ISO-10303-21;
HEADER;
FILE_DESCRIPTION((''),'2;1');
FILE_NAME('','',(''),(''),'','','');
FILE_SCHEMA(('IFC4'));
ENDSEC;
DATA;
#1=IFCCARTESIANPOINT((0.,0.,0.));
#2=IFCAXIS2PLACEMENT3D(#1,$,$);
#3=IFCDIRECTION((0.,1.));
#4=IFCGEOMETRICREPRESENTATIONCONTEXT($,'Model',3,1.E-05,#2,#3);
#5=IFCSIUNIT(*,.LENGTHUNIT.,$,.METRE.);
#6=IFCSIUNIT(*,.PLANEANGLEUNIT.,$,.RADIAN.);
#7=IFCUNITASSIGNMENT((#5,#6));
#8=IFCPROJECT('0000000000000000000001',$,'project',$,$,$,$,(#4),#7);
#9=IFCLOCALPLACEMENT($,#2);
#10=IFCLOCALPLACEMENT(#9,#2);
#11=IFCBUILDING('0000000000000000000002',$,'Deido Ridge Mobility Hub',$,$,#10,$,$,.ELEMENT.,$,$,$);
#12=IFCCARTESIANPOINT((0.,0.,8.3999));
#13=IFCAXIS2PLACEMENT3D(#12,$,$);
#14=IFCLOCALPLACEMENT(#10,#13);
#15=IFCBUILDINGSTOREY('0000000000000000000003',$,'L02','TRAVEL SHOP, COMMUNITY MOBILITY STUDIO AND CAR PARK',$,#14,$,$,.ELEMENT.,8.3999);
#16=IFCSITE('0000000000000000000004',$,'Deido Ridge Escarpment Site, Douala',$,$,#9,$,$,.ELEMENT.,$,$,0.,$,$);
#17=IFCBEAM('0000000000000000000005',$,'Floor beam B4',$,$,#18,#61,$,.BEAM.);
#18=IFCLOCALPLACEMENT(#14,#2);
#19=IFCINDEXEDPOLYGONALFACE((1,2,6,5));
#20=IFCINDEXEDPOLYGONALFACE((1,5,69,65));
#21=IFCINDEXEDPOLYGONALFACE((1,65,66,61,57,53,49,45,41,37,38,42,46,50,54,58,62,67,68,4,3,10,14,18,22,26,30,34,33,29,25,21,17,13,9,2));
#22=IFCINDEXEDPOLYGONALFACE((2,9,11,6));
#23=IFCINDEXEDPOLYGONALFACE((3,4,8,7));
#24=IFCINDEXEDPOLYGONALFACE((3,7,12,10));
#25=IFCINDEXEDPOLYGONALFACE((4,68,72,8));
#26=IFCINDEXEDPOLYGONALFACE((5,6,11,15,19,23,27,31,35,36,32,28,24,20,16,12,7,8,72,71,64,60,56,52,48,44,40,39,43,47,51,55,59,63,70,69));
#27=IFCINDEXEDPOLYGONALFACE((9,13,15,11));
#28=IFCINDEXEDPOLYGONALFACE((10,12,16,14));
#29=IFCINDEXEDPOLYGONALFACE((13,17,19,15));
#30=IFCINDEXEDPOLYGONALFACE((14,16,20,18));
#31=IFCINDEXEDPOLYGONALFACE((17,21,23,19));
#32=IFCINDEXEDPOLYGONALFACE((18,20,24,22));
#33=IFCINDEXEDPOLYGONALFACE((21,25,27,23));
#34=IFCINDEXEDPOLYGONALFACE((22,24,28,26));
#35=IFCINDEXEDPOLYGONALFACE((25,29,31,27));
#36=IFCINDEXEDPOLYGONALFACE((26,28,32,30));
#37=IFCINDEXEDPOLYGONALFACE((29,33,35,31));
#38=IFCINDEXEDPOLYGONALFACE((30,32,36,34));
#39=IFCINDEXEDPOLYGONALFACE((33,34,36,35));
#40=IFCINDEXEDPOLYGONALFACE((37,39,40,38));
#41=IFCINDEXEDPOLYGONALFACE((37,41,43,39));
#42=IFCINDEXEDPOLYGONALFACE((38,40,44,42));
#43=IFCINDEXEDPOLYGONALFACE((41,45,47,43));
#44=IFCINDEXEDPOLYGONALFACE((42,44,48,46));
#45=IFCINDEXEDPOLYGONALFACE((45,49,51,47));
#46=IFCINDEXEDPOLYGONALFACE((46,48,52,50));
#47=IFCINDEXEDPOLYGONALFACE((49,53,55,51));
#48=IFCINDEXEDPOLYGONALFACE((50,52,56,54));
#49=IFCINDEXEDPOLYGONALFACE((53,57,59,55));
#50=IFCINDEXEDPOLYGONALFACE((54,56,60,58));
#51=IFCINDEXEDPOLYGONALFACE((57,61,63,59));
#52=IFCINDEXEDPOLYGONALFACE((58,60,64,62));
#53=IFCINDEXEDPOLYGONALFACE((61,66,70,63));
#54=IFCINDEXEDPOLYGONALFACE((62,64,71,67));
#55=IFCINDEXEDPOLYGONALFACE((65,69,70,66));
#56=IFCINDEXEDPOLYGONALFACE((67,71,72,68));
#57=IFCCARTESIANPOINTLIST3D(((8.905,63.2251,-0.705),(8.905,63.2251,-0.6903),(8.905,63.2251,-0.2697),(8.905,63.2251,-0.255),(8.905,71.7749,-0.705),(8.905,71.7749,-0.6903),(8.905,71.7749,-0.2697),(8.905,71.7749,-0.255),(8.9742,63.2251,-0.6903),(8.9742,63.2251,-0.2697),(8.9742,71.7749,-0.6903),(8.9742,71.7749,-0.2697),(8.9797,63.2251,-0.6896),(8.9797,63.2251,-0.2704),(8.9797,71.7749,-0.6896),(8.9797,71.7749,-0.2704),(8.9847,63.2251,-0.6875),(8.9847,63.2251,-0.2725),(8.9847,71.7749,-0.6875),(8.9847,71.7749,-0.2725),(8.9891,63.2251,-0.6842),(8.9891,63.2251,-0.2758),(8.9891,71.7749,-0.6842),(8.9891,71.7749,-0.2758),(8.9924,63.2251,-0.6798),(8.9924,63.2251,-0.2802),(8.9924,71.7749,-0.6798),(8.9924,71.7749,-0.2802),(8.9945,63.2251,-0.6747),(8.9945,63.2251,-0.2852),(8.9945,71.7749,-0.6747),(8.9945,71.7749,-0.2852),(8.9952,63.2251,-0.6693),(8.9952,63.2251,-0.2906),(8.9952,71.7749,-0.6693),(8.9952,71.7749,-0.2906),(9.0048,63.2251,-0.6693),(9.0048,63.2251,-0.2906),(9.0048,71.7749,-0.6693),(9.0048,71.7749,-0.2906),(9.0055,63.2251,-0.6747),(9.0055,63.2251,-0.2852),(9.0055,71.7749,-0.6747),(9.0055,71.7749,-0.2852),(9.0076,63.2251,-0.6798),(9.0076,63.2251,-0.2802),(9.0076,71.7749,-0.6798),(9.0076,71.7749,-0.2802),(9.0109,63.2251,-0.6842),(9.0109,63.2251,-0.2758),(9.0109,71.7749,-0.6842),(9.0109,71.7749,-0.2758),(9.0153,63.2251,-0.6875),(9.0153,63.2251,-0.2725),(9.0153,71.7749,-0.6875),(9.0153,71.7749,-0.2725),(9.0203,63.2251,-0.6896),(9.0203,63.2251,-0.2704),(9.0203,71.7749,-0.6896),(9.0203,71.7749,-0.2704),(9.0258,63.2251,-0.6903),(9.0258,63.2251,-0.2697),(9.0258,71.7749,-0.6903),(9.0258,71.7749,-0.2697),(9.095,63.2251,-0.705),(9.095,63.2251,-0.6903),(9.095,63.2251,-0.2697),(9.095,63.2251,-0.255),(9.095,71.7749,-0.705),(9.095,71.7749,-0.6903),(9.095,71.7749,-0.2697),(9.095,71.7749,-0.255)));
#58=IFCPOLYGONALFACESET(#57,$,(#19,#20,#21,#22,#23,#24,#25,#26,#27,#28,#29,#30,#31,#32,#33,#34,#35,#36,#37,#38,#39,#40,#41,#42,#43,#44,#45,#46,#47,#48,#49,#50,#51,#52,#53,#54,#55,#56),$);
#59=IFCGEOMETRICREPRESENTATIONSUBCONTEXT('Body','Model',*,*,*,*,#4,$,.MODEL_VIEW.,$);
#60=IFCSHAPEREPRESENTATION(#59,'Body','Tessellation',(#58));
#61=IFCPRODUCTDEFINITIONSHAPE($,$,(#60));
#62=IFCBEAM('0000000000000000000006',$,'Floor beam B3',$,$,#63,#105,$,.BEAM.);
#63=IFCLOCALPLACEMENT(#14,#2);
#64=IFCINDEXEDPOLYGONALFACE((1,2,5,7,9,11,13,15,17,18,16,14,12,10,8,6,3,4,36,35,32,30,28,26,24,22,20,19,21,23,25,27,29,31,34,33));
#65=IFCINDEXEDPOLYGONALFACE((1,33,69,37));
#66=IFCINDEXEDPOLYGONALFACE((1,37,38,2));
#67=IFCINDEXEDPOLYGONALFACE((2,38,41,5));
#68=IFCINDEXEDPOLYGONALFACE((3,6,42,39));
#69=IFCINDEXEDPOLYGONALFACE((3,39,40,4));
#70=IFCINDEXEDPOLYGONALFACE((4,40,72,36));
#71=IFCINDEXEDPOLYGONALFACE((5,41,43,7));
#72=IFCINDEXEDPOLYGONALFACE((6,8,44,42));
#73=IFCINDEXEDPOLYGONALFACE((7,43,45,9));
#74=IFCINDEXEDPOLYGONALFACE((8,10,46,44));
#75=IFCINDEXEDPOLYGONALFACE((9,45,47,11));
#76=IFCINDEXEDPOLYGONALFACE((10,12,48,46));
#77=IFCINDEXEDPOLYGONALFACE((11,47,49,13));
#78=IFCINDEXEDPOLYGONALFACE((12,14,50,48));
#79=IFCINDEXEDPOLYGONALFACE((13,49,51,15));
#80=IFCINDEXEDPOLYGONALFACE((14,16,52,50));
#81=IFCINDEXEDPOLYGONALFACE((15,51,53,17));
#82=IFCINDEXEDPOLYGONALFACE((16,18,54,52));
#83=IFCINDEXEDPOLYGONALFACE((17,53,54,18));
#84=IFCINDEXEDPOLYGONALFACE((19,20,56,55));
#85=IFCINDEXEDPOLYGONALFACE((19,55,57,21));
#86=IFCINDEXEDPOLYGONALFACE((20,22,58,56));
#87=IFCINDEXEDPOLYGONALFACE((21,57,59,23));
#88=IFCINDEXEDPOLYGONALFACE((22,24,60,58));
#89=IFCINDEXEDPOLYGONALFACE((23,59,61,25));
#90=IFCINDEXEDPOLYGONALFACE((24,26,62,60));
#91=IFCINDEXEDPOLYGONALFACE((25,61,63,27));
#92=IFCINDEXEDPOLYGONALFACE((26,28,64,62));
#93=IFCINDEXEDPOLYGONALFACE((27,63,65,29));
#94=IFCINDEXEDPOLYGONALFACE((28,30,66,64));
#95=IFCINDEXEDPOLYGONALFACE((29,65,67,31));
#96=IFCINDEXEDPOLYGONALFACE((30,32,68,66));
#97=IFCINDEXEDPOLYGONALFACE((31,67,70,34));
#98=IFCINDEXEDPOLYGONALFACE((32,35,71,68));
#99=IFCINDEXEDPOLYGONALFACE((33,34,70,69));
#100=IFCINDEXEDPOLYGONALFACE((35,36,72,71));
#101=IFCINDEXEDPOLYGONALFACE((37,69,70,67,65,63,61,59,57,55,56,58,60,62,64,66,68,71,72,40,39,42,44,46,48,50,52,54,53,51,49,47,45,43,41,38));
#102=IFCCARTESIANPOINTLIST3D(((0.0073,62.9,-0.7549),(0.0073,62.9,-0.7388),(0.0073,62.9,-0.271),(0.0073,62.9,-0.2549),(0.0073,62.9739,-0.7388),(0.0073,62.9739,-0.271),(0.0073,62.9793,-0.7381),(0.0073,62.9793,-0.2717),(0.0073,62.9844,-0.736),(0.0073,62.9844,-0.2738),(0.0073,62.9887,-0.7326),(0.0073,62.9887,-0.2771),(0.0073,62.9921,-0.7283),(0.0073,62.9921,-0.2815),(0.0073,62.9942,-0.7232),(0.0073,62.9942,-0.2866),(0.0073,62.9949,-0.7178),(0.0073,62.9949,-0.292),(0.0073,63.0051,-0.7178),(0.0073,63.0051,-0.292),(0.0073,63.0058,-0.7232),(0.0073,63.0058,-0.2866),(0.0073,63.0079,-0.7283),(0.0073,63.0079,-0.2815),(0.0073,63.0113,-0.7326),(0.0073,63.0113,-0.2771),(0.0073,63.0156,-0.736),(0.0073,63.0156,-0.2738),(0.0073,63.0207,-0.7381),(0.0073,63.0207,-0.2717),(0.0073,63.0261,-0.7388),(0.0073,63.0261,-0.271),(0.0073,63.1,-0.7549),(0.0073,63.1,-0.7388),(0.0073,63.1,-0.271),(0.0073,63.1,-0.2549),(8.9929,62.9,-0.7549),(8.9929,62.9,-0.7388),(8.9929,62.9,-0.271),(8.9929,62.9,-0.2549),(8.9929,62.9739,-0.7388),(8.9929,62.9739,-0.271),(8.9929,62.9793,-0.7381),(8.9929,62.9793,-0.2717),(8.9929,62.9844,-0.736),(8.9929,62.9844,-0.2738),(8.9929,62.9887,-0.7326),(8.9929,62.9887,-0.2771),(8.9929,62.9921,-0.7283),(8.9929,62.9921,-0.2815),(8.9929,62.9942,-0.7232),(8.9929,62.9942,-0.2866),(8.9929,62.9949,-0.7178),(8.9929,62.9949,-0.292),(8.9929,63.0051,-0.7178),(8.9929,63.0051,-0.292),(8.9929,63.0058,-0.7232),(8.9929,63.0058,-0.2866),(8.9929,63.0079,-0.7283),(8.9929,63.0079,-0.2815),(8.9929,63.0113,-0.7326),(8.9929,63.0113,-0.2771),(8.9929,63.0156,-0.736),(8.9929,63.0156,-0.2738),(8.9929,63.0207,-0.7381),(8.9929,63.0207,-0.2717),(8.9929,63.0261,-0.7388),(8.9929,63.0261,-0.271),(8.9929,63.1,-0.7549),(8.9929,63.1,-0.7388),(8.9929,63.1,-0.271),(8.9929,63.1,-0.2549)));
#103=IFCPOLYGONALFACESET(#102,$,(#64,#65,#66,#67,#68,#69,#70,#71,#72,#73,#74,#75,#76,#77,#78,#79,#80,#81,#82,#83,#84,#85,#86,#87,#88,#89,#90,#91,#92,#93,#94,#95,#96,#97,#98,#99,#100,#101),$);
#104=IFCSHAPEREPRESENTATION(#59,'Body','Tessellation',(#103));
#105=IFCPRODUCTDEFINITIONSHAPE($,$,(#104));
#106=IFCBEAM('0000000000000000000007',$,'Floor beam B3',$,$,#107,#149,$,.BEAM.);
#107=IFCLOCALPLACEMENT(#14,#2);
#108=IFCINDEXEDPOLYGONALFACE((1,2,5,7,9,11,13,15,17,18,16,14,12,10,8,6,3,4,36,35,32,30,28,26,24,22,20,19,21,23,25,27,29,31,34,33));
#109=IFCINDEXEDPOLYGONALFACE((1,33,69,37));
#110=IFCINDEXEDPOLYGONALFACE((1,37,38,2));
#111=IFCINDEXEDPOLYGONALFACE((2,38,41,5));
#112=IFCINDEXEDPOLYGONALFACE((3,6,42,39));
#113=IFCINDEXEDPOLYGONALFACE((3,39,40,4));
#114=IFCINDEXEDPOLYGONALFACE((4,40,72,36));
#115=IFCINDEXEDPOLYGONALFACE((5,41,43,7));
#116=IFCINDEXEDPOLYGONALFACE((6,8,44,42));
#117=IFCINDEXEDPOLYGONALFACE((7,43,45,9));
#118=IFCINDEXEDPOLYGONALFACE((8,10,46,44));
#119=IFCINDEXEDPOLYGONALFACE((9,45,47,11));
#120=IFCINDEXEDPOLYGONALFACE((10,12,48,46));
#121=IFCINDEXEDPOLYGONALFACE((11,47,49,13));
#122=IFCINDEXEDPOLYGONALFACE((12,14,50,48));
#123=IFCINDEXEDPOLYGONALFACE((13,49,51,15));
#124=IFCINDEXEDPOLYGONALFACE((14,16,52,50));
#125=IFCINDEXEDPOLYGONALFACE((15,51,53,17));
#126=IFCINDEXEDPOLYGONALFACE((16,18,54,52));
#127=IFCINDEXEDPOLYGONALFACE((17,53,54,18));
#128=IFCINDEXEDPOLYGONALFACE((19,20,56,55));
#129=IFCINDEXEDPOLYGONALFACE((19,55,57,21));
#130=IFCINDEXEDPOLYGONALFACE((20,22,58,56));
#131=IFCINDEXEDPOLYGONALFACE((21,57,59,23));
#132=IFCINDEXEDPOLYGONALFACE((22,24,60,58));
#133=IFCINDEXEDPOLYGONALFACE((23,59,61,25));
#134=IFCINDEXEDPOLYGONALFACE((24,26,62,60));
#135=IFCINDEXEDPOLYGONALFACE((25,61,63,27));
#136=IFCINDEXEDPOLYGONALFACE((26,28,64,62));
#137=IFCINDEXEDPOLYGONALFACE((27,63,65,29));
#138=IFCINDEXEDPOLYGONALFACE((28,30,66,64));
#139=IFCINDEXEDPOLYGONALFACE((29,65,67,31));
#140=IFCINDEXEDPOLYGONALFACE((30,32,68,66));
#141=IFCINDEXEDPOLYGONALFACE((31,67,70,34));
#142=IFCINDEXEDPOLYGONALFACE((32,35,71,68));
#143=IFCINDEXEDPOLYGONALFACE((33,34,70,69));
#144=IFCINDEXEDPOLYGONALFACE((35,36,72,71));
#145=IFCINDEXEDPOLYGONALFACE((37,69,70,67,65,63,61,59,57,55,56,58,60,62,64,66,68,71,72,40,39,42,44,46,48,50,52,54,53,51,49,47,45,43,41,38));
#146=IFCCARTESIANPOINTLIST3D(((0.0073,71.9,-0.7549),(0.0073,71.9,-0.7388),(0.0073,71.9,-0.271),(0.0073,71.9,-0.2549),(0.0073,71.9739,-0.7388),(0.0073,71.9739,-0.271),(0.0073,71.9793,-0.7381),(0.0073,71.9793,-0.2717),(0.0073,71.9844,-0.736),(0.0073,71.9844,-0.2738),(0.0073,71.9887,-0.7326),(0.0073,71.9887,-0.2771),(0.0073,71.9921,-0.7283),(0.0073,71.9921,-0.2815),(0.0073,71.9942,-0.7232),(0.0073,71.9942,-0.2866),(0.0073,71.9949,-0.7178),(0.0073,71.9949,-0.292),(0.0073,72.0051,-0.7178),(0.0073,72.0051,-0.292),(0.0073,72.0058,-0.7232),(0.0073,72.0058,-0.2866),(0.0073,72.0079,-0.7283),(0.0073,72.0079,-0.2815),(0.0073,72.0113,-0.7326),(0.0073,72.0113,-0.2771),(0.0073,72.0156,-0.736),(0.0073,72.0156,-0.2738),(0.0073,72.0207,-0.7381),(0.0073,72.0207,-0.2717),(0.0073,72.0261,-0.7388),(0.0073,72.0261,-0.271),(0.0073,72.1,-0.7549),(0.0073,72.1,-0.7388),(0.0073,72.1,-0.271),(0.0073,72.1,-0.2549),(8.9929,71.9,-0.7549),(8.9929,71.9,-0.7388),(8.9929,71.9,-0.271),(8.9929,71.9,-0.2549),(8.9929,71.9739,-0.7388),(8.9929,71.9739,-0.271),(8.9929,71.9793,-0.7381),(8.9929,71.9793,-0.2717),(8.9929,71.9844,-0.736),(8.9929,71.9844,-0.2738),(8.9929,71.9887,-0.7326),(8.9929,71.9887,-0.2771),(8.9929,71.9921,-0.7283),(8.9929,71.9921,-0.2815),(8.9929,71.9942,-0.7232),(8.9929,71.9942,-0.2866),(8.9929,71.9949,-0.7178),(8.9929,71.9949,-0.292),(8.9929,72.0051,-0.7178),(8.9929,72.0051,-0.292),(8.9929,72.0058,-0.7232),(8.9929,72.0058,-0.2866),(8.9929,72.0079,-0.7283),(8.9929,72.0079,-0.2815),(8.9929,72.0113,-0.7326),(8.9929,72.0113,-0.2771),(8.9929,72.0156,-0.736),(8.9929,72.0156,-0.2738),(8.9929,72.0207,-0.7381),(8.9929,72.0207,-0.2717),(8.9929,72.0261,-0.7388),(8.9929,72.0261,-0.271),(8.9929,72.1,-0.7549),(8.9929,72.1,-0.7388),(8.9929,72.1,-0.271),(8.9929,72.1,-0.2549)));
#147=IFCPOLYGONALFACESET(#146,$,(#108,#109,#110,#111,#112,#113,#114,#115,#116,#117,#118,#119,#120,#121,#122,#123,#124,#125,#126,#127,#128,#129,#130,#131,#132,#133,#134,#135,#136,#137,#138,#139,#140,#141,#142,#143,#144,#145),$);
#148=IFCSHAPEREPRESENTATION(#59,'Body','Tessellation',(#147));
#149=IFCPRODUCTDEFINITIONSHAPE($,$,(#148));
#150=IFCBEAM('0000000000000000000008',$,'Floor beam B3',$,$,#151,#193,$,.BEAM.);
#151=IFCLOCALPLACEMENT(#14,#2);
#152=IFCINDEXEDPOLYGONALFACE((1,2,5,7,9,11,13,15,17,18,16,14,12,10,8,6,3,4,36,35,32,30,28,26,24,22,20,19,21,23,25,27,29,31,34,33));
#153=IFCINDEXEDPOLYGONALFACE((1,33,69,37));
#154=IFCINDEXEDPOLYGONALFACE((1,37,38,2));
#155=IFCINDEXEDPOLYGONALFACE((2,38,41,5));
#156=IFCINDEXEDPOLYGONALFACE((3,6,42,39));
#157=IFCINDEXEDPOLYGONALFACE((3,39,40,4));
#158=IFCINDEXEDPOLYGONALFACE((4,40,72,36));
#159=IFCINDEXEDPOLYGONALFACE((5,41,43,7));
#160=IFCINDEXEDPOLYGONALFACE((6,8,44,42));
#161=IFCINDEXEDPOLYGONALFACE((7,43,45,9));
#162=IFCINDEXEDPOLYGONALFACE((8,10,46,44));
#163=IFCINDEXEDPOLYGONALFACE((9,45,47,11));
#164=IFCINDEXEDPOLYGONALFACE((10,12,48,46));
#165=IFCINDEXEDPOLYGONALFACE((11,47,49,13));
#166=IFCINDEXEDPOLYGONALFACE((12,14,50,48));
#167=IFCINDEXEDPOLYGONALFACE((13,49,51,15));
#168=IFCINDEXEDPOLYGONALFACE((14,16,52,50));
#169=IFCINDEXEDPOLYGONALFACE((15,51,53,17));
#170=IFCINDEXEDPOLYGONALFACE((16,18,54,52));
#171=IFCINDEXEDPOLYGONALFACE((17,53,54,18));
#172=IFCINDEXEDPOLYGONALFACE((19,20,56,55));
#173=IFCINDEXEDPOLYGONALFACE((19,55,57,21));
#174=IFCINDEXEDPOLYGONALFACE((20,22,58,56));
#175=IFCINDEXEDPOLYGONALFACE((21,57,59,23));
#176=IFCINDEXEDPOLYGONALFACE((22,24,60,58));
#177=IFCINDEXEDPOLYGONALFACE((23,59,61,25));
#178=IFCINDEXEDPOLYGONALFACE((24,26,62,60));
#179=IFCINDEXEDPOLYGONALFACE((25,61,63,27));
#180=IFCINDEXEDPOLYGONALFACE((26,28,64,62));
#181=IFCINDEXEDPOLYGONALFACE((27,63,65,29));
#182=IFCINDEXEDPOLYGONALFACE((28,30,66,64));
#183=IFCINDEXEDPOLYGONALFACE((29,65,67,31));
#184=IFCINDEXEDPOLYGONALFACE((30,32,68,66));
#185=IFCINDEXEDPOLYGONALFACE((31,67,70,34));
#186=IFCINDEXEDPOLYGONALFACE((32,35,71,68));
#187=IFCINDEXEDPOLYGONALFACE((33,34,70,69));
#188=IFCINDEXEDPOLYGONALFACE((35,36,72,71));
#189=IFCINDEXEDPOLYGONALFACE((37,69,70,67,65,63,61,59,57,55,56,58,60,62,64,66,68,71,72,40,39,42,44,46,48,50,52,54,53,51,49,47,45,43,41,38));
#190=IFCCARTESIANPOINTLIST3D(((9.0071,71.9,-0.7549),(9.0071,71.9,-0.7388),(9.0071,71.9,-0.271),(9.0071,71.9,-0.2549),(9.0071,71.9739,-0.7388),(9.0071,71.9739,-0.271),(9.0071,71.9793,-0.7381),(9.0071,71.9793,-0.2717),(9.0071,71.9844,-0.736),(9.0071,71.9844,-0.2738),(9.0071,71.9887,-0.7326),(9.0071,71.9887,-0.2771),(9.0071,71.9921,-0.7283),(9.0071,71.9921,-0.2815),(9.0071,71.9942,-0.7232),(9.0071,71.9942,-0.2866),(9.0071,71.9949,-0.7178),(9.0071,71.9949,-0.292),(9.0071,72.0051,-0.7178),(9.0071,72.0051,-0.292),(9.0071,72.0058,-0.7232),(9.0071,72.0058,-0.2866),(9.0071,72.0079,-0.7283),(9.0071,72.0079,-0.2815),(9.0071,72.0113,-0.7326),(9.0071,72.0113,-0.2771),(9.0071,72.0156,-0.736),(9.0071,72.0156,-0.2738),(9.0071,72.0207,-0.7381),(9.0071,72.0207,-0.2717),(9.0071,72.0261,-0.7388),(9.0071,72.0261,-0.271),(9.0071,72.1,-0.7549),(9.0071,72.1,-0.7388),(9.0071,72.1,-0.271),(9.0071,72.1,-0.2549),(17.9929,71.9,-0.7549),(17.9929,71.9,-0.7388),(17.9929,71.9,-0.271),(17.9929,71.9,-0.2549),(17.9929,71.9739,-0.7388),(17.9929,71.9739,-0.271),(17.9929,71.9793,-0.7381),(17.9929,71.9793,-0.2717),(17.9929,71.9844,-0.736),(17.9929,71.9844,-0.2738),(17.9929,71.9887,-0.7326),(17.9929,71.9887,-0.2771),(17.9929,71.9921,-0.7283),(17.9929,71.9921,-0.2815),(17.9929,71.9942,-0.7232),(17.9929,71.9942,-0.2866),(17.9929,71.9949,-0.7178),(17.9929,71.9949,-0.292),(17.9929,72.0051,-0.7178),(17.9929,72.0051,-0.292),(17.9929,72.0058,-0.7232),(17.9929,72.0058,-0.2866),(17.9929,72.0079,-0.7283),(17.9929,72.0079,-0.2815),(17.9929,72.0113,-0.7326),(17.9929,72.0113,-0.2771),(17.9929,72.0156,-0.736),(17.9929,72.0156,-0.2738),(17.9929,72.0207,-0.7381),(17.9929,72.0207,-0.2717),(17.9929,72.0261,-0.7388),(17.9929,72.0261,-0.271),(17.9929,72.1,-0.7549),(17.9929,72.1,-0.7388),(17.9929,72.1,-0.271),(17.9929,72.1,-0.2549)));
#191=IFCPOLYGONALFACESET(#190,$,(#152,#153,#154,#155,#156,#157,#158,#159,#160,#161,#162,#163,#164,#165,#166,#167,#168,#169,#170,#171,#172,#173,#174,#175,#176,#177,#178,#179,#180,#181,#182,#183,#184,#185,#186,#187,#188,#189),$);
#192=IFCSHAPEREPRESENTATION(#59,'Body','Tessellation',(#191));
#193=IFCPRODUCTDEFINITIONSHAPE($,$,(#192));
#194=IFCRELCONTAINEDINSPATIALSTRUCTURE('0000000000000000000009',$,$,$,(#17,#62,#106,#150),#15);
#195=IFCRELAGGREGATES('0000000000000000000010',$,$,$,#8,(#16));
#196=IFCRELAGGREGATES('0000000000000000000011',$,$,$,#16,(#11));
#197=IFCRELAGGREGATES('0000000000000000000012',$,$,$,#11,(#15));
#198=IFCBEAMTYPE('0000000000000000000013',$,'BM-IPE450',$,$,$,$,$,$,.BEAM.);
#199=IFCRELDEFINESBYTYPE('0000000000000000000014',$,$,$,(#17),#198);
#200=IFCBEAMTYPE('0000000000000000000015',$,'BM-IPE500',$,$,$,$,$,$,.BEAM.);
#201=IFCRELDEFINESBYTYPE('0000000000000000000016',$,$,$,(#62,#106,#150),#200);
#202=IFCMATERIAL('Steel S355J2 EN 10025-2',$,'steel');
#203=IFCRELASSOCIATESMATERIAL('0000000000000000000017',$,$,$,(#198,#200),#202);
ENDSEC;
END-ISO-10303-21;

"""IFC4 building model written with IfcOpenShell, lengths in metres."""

from ifc_helpers import new_model, si_unit, direction, frame, origin, origin_2d, place, context, subcontext, project, spatial, i_section, extrude, material, material_profile, profile_set, type_object, element, save


model = new_model("IFC4")

# Units and contexts
model_context = context("Model", 3, precision=1e-05, world=origin(), true_north=direction((0.0, 1.0)))
body_context = subcontext(model_context, "Body", "Model", "MODEL_VIEW")
ifc_project = project(units=[si_unit("LENGTHUNIT", "METRE"), si_unit("PLANEANGLEUNIT", "RADIAN")], contexts=[model_context])

# Site, building, storey
site_placement = place(None, origin())
site = spatial("IfcSite", under=ifc_project, at=site_placement, Name="Deido Ridge Escarpment Site, Douala", CompositionType="ELEMENT", RefElevation=0.0)
building_placement = place(site_placement, origin())
building = spatial("IfcBuilding", under=site, at=building_placement, Name="Deido Ridge Mobility Hub", CompositionType="ELEMENT")
storey_placement = place(building_placement, frame((0.0, 0.0, 8.3999)))
storey = spatial("IfcBuildingStorey", under=building, at=storey_placement, Name="L02", Description="TRAVEL SHOP, COMMUNITY MOBILITY STUDIO AND CAR PARK", CompositionType="ELEMENT", Elevation=8.3999)

# Shared definitions
ifc_material_1 = material(Name="Steel S355J2 EN 10025-2", Category="steel")

# Beams
ifc_material_profile_1 = material_profile(ifc_material_1, i_section(OverallWidth=0.1899, OverallDepth=0.45, WebThickness=0.0095, FlangeThickness=0.0146, FilletRadius=0.021, at=origin_2d()), Name="IPE 450")
ifc_profile_set_1 = profile_set([ifc_material_profile_1], Name="Steel S355J2 EN 10025-2")
beam_type_1 = type_object("IfcBeamType", Name="BM-IPE450", PredefinedType="BEAM", material=ifc_profile_set_1)
beam_1_placement = place(storey_placement, frame((9.0, 63.2251, -0.48), z_axis=(0.0, 1.0, 0.0), x_axis=(-1.0, 0.0, 0.0)))
element("IfcBeam", 1, at=beam_1_placement, inside=storey, type_object=beam_type_1, Name="Floor beam B4", PredefinedType="BEAM", context=body_context, shape_type="SweptSolid", body=[
    extrude(i_section(OverallWidth=0.1899, OverallDepth=0.45, WebThickness=0.0095, FlangeThickness=0.0146, FilletRadius=0.021, at=origin_2d()), origin(), (0.0, 0.0, 1.0), 8.5498),
])
ifc_material_profile_2 = material_profile(ifc_material_1, i_section(OverallWidth=0.2, OverallDepth=0.5, WebThickness=0.0103, FlangeThickness=0.0161, FilletRadius=0.021, at=origin_2d()), Name="IPE 500")
ifc_profile_set_2 = profile_set([ifc_material_profile_2], Name="Steel S355J2 EN 10025-2")
beam_type_2 = type_object("IfcBeamType", Name="BM-IPE500", PredefinedType="BEAM", material=ifc_profile_set_2)
for number, where, z_axis, x_axis, name in (
    (2, (0.0073, 63.0, -0.5049), (1.0, 0.0, 0.0), (0.0, 1.0, 0.0), "Floor beam B3"),
    (3, (0.0073, 72.0, -0.5049), (1.0, 0.0, 0.0), (0.0, 1.0, 0.0), "Floor beam B3"),
):
    element("IfcBeam", number, at=place(storey_placement, frame(where, z_axis=z_axis, x_axis=x_axis)), inside=storey, type_object=beam_type_2, Name=name, PredefinedType="BEAM", context=body_context, shape_type="SweptSolid", body=[
        extrude(i_section(OverallWidth=0.2, OverallDepth=0.5, WebThickness=0.0103, FlangeThickness=0.0161, FilletRadius=0.021, at=origin_2d()), origin(), (0.0, 0.0, 1.0), 8.9856),
    ])
beam_2_placement = place(storey_placement, frame((9.0071, 72.0, -0.5049), z_axis=(1.0, 0.0, 0.0), x_axis=(0.0, 1.0, 0.0)))
element("IfcBeam", 4, at=beam_2_placement, inside=storey, type_object=beam_type_2, Name="Floor beam B3", PredefinedType="BEAM", context=body_context, shape_type="SweptSolid", body=[
    extrude(i_section(OverallWidth=0.2, OverallDepth=0.5, WebThickness=0.0103, FlangeThickness=0.0161, FilletRadius=0.021, at=origin_2d()), origin(), (0.0, 0.0, 1.0), 8.9858),
])

save(model, "model.ifc")
